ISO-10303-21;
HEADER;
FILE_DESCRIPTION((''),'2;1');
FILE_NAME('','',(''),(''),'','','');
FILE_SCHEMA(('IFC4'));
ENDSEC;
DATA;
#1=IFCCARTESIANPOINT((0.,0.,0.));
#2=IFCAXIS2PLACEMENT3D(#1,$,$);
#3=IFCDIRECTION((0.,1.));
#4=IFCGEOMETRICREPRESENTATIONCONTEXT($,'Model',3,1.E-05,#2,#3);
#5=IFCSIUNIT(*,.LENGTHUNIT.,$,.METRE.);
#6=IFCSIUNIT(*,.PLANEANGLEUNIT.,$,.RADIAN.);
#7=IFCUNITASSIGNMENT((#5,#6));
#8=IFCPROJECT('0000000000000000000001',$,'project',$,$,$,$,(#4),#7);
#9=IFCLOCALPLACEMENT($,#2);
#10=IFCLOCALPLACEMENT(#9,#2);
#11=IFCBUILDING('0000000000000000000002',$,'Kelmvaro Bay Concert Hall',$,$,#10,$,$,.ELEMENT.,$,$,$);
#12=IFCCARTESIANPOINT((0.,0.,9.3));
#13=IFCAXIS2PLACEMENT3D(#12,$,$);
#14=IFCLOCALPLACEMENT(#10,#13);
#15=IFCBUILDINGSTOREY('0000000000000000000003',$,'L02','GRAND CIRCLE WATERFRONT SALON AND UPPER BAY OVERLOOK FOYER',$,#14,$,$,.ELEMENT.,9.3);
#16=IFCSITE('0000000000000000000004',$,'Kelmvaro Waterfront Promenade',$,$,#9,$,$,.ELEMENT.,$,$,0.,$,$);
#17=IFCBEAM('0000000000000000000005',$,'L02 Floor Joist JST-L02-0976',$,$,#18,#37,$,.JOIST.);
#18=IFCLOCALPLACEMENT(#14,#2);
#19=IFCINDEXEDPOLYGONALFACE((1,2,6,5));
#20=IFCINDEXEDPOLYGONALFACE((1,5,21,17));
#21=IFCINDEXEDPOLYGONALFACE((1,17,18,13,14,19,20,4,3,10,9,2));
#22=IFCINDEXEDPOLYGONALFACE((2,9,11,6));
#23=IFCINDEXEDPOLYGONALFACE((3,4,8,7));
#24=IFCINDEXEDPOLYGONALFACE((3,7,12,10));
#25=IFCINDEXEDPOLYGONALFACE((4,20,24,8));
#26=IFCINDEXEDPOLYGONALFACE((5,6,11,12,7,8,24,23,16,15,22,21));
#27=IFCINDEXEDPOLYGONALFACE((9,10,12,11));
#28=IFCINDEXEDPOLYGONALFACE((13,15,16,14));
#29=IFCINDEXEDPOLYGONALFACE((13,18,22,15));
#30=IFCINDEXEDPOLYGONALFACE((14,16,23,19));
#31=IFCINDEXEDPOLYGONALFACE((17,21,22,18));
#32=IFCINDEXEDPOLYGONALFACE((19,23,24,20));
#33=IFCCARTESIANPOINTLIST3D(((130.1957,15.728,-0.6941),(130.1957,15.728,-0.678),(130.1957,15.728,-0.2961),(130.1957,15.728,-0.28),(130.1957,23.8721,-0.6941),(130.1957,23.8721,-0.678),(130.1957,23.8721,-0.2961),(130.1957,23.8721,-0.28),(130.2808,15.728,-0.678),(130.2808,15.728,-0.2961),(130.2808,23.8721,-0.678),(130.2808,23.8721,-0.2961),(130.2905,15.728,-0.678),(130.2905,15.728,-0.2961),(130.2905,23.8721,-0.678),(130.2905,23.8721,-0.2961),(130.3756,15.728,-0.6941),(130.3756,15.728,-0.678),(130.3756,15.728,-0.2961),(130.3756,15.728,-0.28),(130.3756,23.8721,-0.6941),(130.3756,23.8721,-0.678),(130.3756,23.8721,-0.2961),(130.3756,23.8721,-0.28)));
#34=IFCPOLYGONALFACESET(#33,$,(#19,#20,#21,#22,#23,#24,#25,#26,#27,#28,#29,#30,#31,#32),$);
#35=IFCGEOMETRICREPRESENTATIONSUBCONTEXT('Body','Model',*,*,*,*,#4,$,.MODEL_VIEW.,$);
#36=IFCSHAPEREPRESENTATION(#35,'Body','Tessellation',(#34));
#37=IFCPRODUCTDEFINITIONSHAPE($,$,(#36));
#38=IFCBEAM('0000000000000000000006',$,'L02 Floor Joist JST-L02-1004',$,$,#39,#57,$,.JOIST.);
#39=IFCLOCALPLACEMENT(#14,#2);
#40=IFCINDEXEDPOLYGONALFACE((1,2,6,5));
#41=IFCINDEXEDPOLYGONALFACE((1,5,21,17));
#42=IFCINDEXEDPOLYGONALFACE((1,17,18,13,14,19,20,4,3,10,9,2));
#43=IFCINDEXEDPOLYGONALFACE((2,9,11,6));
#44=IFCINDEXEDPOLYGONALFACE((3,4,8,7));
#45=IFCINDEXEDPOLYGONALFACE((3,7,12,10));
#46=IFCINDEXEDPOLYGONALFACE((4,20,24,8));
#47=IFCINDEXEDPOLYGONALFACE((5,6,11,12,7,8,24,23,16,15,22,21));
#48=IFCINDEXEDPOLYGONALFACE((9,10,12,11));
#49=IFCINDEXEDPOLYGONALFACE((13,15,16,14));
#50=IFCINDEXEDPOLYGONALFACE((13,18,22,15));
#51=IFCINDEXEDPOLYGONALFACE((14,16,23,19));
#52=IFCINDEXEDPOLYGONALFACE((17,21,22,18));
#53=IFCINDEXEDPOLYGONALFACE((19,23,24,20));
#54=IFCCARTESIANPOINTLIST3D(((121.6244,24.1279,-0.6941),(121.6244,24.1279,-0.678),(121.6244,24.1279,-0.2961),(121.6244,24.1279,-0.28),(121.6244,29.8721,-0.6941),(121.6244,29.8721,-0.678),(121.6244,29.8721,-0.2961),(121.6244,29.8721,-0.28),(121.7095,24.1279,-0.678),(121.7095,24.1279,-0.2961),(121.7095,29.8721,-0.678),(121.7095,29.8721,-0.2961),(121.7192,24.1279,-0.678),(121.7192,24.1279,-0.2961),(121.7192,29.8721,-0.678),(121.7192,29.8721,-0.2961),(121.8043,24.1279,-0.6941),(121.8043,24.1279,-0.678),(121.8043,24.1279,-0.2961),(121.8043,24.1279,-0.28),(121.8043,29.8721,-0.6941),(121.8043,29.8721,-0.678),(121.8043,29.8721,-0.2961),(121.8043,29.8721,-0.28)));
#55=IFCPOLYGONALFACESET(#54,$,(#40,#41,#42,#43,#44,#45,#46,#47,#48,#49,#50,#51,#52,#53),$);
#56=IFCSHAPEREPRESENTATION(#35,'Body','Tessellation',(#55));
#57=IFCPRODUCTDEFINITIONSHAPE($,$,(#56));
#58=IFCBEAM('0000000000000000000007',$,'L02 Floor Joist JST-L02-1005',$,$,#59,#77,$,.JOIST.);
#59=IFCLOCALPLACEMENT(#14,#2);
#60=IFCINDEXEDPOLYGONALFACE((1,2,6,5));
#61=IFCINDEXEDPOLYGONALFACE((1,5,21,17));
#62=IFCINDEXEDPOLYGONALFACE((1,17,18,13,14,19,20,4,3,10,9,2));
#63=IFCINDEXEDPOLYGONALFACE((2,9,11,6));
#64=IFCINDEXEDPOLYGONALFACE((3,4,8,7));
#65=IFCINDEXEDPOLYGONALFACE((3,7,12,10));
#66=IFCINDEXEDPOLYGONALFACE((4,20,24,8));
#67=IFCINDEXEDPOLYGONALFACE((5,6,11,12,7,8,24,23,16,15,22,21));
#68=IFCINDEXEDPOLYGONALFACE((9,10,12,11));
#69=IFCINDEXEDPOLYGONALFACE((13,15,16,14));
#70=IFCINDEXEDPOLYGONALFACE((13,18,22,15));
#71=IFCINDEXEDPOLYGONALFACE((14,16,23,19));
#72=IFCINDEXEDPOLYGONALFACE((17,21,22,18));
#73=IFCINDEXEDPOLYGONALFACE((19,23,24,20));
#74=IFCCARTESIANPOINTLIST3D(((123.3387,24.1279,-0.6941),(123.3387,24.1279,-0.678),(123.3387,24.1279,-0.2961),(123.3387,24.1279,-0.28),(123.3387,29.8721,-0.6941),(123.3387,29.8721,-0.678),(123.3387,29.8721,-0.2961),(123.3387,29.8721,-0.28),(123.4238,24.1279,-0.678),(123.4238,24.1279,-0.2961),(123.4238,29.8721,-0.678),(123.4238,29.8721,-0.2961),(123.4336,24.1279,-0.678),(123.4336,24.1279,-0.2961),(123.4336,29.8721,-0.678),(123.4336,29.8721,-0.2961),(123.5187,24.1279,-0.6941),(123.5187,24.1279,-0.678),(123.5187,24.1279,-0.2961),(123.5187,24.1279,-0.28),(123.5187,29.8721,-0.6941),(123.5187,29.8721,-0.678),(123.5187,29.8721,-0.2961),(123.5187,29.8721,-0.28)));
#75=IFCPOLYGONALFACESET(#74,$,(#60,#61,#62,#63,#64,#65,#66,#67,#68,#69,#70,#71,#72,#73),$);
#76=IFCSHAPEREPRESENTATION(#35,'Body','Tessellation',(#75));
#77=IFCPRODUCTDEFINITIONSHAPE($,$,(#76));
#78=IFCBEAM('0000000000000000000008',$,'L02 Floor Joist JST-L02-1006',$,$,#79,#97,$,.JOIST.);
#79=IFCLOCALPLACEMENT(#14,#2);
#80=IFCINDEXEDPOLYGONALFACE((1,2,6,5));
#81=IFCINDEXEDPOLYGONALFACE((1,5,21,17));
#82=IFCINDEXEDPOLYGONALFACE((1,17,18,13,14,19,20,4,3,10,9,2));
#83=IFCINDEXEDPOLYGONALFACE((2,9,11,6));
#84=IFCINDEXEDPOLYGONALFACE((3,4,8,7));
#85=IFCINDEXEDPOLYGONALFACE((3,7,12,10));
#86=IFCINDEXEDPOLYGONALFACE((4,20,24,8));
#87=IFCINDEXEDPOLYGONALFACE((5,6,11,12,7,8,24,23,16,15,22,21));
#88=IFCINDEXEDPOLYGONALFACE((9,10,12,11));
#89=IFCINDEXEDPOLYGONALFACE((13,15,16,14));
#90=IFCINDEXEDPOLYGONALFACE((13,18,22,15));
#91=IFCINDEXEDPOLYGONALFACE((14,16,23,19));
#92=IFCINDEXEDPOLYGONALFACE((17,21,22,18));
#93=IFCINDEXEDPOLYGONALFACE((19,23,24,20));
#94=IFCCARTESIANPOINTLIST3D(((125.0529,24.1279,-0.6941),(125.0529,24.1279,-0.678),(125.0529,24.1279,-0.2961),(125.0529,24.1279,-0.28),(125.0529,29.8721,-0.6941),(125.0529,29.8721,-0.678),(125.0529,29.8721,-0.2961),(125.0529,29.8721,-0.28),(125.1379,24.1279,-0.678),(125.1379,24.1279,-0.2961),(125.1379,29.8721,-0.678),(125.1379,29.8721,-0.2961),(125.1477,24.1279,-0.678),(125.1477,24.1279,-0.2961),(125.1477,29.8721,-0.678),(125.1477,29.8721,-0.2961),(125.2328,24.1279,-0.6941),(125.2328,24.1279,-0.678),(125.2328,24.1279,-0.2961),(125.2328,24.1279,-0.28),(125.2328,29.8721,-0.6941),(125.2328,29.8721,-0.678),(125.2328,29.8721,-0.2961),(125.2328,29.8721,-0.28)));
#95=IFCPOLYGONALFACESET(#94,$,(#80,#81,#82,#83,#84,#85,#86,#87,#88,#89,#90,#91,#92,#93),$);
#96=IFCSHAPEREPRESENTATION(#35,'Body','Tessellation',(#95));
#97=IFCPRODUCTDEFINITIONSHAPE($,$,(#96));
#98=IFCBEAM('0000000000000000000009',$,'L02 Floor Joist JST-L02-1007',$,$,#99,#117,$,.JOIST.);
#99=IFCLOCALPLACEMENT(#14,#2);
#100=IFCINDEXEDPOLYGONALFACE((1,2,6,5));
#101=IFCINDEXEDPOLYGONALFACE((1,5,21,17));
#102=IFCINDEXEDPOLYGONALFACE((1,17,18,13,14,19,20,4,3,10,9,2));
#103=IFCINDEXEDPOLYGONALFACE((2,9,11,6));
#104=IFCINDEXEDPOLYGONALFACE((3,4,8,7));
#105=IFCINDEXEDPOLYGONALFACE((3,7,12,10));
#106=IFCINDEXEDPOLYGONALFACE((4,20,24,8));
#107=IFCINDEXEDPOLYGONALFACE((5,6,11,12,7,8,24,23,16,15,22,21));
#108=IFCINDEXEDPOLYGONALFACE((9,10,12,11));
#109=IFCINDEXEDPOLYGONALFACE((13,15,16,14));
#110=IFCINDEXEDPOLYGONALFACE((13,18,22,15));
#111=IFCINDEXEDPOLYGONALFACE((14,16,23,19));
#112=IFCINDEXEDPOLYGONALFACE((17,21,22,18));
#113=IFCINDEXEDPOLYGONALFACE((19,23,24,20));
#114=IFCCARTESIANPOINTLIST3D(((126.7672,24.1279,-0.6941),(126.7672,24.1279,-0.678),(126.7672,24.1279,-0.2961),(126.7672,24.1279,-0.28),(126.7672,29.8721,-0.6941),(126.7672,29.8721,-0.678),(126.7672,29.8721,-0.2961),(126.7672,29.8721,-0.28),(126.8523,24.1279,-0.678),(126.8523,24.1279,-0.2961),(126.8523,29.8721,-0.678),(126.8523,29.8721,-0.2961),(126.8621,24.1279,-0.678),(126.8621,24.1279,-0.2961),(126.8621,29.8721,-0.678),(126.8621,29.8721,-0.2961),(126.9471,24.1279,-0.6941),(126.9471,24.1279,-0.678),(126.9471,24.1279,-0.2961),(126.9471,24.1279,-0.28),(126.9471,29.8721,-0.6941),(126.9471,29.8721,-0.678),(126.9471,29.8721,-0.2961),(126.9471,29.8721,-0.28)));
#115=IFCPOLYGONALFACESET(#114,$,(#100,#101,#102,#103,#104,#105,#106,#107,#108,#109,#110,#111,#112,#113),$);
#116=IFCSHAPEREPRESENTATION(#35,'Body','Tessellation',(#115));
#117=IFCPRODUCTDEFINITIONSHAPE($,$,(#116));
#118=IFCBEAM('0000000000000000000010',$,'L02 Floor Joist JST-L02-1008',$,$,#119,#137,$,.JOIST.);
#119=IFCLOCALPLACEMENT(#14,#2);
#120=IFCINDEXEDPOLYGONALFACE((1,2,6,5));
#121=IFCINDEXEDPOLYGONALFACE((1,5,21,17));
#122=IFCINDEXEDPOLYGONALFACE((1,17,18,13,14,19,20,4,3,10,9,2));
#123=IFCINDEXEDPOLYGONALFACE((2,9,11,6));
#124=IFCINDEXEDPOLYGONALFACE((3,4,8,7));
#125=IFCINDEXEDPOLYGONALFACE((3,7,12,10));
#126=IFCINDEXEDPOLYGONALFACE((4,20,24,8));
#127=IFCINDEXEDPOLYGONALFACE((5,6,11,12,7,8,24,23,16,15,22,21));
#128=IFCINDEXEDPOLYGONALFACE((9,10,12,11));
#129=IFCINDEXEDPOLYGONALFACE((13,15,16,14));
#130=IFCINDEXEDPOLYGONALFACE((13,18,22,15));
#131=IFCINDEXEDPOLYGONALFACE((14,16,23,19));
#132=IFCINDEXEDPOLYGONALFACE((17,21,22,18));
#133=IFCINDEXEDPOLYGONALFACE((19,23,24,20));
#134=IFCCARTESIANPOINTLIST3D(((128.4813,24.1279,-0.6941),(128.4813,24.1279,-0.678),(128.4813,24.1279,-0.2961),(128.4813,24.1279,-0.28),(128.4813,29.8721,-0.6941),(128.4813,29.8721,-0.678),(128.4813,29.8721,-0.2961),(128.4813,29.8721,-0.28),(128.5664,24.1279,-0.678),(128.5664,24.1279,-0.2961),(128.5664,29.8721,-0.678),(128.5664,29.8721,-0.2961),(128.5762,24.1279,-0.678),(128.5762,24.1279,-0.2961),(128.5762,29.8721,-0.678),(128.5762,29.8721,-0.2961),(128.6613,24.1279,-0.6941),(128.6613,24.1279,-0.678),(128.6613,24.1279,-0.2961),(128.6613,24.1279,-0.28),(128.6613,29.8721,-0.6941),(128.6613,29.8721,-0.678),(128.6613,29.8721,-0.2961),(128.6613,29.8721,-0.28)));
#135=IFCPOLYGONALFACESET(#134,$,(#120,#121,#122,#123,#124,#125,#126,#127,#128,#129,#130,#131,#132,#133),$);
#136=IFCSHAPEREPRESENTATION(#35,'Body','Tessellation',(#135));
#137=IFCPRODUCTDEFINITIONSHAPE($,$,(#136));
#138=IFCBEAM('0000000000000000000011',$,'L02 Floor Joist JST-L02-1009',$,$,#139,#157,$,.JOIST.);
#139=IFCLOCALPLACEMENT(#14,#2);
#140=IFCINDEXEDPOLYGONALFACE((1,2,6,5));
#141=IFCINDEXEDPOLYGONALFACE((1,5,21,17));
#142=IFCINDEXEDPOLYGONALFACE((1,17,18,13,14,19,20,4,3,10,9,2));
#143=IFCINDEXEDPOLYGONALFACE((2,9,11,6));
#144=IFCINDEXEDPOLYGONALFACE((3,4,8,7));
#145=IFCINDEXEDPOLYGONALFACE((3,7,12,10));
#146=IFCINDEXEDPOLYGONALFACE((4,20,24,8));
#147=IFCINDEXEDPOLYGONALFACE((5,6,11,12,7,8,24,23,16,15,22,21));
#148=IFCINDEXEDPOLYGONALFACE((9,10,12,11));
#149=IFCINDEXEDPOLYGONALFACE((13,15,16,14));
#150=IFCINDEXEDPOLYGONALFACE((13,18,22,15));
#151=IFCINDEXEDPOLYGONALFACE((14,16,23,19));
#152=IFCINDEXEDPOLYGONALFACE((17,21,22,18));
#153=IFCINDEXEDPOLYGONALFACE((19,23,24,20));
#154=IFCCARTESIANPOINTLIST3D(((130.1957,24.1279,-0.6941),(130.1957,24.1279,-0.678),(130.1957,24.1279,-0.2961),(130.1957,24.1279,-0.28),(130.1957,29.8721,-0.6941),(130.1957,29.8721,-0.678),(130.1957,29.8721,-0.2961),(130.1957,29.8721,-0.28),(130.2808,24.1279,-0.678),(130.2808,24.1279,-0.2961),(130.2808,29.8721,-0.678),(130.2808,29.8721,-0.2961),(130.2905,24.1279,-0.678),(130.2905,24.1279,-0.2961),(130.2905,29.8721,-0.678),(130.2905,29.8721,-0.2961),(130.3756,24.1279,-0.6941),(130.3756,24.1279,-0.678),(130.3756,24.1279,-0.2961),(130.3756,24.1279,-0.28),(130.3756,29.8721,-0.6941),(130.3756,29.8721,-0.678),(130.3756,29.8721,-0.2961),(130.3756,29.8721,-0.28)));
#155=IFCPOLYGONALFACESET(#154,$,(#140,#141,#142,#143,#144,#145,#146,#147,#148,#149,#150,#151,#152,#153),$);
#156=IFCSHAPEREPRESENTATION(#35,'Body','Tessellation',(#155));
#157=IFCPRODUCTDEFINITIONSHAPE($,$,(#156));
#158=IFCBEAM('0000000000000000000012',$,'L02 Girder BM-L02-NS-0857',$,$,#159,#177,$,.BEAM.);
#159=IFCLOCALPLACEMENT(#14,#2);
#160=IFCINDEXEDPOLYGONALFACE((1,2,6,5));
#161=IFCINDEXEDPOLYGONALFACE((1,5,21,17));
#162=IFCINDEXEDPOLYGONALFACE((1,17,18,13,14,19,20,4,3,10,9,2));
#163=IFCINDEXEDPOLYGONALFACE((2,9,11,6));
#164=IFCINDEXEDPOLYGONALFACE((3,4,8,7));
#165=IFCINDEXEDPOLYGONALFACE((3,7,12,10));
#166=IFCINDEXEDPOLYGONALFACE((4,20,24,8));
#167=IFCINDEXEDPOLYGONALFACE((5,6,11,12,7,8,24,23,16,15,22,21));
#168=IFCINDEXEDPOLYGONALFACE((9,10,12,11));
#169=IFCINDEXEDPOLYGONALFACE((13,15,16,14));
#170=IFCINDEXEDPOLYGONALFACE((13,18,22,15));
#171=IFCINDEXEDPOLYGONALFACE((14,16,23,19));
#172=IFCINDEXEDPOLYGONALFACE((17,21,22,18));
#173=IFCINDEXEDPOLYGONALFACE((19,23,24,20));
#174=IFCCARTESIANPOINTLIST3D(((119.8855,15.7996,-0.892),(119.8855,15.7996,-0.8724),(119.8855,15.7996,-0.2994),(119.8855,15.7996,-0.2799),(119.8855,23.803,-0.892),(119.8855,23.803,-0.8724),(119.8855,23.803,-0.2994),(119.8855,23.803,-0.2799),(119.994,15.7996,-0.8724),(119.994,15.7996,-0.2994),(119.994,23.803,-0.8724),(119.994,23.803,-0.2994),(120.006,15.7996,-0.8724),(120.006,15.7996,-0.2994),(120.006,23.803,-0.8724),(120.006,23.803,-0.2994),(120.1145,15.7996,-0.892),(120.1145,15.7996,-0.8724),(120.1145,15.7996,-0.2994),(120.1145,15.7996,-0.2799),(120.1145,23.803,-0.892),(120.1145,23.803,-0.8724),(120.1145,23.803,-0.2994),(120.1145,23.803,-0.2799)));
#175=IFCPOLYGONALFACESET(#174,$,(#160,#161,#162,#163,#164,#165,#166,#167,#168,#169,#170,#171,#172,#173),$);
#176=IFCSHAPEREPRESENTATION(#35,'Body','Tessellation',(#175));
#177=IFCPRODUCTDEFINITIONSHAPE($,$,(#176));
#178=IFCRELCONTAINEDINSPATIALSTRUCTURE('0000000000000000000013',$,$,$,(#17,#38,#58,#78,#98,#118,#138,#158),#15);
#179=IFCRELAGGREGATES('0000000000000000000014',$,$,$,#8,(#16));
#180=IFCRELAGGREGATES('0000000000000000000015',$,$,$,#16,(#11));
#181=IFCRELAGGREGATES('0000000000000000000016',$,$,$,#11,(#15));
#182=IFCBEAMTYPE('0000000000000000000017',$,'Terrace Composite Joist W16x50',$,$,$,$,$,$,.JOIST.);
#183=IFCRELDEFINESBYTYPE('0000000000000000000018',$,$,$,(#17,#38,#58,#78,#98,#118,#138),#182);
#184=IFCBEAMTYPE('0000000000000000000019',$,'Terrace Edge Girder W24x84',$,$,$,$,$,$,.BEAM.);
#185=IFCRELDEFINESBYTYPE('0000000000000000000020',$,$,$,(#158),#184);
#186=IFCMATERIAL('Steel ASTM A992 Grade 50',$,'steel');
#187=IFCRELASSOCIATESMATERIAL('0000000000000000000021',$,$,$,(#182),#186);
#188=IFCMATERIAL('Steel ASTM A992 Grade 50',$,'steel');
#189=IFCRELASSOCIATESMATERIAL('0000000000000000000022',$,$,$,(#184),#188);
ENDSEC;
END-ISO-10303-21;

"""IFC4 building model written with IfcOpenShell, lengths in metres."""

from ifc_helpers import new_model, si_unit, direction, frame, origin, origin_2d, place, context, subcontext, project, spatial, i_section, extrude, material, material_profile, profile_set, type_object, element, save


model = new_model("IFC4")

# Units and contexts
model_context = context("Model", 3, precision=1e-05, world=origin(), true_north=direction((0.0, 1.0)))
body_context = subcontext(model_context, "Body", "Model", "MODEL_VIEW")
ifc_project = project(units=[si_unit("LENGTHUNIT", "METRE"), si_unit("PLANEANGLEUNIT", "RADIAN")], contexts=[model_context])

# Site, building, storey
site_placement = place(None, origin())
site = spatial("IfcSite", under=ifc_project, at=site_placement, Name="Kelmvaro Waterfront Promenade", CompositionType="ELEMENT", RefElevation=0.0)
building_placement = place(site_placement, origin())
building = spatial("IfcBuilding", under=site, at=building_placement, Name="Kelmvaro Bay Concert Hall", CompositionType="ELEMENT")
storey_placement = place(building_placement, frame((0.0, 0.0, 9.3)))
storey = spatial("IfcBuildingStorey", under=building, at=storey_placement, Name="L02", Description="GRAND CIRCLE WATERFRONT SALON AND UPPER BAY OVERLOOK FOYER", CompositionType="ELEMENT", Elevation=9.3)

# Beams
ifc_material_1 = material(Name="Steel ASTM A992 Grade 50", Category="steel")
ifc_material_profile_1 = material_profile(ifc_material_1, i_section(OverallWidth=0.1799, OverallDepth=0.4141, WebThickness=0.0098, FlangeThickness=0.0161, at=origin_2d()), Name="W16X50")
ifc_profile_set_1 = profile_set([ifc_material_profile_1], Name="Steel ASTM A992 Grade 50")
beam_type_1 = type_object("IfcBeamType", Name="Terrace Composite Joist W16x50", PredefinedType="JOIST", material=ifc_profile_set_1)
for number, where, z_axis, x_axis, name in (
    (1, (130.2856, 15.728, -0.4871), (0.0, 1.0, 0.0), (-1.0, 0.0, 0.0), "L02 Floor Joist JST-L02-0976"),
):
    element("IfcBeam", number, at=place(storey_placement, frame(where, z_axis=z_axis, x_axis=x_axis)), inside=storey, type_object=beam_type_1, Name=name, PredefinedType="JOIST", context=body_context, shape_type="SweptSolid", body=[
        extrude(i_section(OverallWidth=0.1799, OverallDepth=0.4141, WebThickness=0.0098, FlangeThickness=0.0161, at=origin_2d()), origin(), (0.0, 0.0, 1.0), 8.144),
    ])
for number, where, z_axis, x_axis, name in (
    (2, (121.7144, 24.1279, -0.4871), (0.0, 1.0, 0.0), (-1.0, 0.0, 0.0), "L02 Floor Joist JST-L02-1004"),
    (3, (123.4287, 24.1279, -0.4871), (0.0, 1.0, 0.0), (-1.0, 0.0, 0.0), "L02 Floor Joist JST-L02-1005"),
    (4, (125.1428, 24.1279, -0.4871), (0.0, 1.0, 0.0), (-1.0, 0.0, 0.0), "L02 Floor Joist JST-L02-1006"),
    (5, (126.8572, 24.1279, -0.4871), (0.0, 1.0, 0.0), (-1.0, 0.0, 0.0), "L02 Floor Joist JST-L02-1007"),
    (6, (128.5713, 24.1279, -0.4871), (0.0, 1.0, 0.0), (-1.0, 0.0, 0.0), "L02 Floor Joist JST-L02-1008"),
    (7, (130.2856, 24.1279, -0.4871), (0.0, 1.0, 0.0), (-1.0, 0.0, 0.0), "L02 Floor Joist JST-L02-1009"),
):
    element("IfcBeam", number, at=place(storey_placement, frame(where, z_axis=z_axis, x_axis=x_axis)), inside=storey, type_object=beam_type_1, Name=name, PredefinedType="JOIST", context=body_context, shape_type="SweptSolid", body=[
        extrude(i_section(OverallWidth=0.1799, OverallDepth=0.4141, WebThickness=0.0098, FlangeThickness=0.0161, at=origin_2d()), origin(), (0.0, 0.0, 1.0), 5.7441),
    ])
ifc_material_2 = material(Name="Steel ASTM A992 Grade 50", Category="steel")
ifc_material_profile_2 = material_profile(ifc_material_2, i_section(OverallWidth=0.229, OverallDepth=0.6121, WebThickness=0.012, FlangeThickness=0.0195, at=origin_2d()), Name="W24X84")
ifc_profile_set_2 = profile_set([ifc_material_profile_2], Name="Steel ASTM A992 Grade 50")
beam_type_2 = type_object("IfcBeamType", Name="Terrace Edge Girder W24x84", PredefinedType="BEAM", material=ifc_profile_set_2)
beam_1_placement = place(storey_placement, frame((120.0, 15.7996, -0.5859), z_axis=(0.0, 1.0, 0.0), x_axis=(-1.0, 0.0, 0.0)))
element("IfcBeam", 8, at=beam_1_placement, inside=storey, type_object=beam_type_2, Name="L02 Girder BM-L02-NS-0857", PredefinedType="BEAM", context=body_context, shape_type="SweptSolid", body=[
    extrude(i_section(OverallWidth=0.229, OverallDepth=0.6121, WebThickness=0.012, FlangeThickness=0.0195, at=origin_2d()), origin(), (0.0, 0.0, 1.0), 8.0034),
])

save(model, "model.ifc")
